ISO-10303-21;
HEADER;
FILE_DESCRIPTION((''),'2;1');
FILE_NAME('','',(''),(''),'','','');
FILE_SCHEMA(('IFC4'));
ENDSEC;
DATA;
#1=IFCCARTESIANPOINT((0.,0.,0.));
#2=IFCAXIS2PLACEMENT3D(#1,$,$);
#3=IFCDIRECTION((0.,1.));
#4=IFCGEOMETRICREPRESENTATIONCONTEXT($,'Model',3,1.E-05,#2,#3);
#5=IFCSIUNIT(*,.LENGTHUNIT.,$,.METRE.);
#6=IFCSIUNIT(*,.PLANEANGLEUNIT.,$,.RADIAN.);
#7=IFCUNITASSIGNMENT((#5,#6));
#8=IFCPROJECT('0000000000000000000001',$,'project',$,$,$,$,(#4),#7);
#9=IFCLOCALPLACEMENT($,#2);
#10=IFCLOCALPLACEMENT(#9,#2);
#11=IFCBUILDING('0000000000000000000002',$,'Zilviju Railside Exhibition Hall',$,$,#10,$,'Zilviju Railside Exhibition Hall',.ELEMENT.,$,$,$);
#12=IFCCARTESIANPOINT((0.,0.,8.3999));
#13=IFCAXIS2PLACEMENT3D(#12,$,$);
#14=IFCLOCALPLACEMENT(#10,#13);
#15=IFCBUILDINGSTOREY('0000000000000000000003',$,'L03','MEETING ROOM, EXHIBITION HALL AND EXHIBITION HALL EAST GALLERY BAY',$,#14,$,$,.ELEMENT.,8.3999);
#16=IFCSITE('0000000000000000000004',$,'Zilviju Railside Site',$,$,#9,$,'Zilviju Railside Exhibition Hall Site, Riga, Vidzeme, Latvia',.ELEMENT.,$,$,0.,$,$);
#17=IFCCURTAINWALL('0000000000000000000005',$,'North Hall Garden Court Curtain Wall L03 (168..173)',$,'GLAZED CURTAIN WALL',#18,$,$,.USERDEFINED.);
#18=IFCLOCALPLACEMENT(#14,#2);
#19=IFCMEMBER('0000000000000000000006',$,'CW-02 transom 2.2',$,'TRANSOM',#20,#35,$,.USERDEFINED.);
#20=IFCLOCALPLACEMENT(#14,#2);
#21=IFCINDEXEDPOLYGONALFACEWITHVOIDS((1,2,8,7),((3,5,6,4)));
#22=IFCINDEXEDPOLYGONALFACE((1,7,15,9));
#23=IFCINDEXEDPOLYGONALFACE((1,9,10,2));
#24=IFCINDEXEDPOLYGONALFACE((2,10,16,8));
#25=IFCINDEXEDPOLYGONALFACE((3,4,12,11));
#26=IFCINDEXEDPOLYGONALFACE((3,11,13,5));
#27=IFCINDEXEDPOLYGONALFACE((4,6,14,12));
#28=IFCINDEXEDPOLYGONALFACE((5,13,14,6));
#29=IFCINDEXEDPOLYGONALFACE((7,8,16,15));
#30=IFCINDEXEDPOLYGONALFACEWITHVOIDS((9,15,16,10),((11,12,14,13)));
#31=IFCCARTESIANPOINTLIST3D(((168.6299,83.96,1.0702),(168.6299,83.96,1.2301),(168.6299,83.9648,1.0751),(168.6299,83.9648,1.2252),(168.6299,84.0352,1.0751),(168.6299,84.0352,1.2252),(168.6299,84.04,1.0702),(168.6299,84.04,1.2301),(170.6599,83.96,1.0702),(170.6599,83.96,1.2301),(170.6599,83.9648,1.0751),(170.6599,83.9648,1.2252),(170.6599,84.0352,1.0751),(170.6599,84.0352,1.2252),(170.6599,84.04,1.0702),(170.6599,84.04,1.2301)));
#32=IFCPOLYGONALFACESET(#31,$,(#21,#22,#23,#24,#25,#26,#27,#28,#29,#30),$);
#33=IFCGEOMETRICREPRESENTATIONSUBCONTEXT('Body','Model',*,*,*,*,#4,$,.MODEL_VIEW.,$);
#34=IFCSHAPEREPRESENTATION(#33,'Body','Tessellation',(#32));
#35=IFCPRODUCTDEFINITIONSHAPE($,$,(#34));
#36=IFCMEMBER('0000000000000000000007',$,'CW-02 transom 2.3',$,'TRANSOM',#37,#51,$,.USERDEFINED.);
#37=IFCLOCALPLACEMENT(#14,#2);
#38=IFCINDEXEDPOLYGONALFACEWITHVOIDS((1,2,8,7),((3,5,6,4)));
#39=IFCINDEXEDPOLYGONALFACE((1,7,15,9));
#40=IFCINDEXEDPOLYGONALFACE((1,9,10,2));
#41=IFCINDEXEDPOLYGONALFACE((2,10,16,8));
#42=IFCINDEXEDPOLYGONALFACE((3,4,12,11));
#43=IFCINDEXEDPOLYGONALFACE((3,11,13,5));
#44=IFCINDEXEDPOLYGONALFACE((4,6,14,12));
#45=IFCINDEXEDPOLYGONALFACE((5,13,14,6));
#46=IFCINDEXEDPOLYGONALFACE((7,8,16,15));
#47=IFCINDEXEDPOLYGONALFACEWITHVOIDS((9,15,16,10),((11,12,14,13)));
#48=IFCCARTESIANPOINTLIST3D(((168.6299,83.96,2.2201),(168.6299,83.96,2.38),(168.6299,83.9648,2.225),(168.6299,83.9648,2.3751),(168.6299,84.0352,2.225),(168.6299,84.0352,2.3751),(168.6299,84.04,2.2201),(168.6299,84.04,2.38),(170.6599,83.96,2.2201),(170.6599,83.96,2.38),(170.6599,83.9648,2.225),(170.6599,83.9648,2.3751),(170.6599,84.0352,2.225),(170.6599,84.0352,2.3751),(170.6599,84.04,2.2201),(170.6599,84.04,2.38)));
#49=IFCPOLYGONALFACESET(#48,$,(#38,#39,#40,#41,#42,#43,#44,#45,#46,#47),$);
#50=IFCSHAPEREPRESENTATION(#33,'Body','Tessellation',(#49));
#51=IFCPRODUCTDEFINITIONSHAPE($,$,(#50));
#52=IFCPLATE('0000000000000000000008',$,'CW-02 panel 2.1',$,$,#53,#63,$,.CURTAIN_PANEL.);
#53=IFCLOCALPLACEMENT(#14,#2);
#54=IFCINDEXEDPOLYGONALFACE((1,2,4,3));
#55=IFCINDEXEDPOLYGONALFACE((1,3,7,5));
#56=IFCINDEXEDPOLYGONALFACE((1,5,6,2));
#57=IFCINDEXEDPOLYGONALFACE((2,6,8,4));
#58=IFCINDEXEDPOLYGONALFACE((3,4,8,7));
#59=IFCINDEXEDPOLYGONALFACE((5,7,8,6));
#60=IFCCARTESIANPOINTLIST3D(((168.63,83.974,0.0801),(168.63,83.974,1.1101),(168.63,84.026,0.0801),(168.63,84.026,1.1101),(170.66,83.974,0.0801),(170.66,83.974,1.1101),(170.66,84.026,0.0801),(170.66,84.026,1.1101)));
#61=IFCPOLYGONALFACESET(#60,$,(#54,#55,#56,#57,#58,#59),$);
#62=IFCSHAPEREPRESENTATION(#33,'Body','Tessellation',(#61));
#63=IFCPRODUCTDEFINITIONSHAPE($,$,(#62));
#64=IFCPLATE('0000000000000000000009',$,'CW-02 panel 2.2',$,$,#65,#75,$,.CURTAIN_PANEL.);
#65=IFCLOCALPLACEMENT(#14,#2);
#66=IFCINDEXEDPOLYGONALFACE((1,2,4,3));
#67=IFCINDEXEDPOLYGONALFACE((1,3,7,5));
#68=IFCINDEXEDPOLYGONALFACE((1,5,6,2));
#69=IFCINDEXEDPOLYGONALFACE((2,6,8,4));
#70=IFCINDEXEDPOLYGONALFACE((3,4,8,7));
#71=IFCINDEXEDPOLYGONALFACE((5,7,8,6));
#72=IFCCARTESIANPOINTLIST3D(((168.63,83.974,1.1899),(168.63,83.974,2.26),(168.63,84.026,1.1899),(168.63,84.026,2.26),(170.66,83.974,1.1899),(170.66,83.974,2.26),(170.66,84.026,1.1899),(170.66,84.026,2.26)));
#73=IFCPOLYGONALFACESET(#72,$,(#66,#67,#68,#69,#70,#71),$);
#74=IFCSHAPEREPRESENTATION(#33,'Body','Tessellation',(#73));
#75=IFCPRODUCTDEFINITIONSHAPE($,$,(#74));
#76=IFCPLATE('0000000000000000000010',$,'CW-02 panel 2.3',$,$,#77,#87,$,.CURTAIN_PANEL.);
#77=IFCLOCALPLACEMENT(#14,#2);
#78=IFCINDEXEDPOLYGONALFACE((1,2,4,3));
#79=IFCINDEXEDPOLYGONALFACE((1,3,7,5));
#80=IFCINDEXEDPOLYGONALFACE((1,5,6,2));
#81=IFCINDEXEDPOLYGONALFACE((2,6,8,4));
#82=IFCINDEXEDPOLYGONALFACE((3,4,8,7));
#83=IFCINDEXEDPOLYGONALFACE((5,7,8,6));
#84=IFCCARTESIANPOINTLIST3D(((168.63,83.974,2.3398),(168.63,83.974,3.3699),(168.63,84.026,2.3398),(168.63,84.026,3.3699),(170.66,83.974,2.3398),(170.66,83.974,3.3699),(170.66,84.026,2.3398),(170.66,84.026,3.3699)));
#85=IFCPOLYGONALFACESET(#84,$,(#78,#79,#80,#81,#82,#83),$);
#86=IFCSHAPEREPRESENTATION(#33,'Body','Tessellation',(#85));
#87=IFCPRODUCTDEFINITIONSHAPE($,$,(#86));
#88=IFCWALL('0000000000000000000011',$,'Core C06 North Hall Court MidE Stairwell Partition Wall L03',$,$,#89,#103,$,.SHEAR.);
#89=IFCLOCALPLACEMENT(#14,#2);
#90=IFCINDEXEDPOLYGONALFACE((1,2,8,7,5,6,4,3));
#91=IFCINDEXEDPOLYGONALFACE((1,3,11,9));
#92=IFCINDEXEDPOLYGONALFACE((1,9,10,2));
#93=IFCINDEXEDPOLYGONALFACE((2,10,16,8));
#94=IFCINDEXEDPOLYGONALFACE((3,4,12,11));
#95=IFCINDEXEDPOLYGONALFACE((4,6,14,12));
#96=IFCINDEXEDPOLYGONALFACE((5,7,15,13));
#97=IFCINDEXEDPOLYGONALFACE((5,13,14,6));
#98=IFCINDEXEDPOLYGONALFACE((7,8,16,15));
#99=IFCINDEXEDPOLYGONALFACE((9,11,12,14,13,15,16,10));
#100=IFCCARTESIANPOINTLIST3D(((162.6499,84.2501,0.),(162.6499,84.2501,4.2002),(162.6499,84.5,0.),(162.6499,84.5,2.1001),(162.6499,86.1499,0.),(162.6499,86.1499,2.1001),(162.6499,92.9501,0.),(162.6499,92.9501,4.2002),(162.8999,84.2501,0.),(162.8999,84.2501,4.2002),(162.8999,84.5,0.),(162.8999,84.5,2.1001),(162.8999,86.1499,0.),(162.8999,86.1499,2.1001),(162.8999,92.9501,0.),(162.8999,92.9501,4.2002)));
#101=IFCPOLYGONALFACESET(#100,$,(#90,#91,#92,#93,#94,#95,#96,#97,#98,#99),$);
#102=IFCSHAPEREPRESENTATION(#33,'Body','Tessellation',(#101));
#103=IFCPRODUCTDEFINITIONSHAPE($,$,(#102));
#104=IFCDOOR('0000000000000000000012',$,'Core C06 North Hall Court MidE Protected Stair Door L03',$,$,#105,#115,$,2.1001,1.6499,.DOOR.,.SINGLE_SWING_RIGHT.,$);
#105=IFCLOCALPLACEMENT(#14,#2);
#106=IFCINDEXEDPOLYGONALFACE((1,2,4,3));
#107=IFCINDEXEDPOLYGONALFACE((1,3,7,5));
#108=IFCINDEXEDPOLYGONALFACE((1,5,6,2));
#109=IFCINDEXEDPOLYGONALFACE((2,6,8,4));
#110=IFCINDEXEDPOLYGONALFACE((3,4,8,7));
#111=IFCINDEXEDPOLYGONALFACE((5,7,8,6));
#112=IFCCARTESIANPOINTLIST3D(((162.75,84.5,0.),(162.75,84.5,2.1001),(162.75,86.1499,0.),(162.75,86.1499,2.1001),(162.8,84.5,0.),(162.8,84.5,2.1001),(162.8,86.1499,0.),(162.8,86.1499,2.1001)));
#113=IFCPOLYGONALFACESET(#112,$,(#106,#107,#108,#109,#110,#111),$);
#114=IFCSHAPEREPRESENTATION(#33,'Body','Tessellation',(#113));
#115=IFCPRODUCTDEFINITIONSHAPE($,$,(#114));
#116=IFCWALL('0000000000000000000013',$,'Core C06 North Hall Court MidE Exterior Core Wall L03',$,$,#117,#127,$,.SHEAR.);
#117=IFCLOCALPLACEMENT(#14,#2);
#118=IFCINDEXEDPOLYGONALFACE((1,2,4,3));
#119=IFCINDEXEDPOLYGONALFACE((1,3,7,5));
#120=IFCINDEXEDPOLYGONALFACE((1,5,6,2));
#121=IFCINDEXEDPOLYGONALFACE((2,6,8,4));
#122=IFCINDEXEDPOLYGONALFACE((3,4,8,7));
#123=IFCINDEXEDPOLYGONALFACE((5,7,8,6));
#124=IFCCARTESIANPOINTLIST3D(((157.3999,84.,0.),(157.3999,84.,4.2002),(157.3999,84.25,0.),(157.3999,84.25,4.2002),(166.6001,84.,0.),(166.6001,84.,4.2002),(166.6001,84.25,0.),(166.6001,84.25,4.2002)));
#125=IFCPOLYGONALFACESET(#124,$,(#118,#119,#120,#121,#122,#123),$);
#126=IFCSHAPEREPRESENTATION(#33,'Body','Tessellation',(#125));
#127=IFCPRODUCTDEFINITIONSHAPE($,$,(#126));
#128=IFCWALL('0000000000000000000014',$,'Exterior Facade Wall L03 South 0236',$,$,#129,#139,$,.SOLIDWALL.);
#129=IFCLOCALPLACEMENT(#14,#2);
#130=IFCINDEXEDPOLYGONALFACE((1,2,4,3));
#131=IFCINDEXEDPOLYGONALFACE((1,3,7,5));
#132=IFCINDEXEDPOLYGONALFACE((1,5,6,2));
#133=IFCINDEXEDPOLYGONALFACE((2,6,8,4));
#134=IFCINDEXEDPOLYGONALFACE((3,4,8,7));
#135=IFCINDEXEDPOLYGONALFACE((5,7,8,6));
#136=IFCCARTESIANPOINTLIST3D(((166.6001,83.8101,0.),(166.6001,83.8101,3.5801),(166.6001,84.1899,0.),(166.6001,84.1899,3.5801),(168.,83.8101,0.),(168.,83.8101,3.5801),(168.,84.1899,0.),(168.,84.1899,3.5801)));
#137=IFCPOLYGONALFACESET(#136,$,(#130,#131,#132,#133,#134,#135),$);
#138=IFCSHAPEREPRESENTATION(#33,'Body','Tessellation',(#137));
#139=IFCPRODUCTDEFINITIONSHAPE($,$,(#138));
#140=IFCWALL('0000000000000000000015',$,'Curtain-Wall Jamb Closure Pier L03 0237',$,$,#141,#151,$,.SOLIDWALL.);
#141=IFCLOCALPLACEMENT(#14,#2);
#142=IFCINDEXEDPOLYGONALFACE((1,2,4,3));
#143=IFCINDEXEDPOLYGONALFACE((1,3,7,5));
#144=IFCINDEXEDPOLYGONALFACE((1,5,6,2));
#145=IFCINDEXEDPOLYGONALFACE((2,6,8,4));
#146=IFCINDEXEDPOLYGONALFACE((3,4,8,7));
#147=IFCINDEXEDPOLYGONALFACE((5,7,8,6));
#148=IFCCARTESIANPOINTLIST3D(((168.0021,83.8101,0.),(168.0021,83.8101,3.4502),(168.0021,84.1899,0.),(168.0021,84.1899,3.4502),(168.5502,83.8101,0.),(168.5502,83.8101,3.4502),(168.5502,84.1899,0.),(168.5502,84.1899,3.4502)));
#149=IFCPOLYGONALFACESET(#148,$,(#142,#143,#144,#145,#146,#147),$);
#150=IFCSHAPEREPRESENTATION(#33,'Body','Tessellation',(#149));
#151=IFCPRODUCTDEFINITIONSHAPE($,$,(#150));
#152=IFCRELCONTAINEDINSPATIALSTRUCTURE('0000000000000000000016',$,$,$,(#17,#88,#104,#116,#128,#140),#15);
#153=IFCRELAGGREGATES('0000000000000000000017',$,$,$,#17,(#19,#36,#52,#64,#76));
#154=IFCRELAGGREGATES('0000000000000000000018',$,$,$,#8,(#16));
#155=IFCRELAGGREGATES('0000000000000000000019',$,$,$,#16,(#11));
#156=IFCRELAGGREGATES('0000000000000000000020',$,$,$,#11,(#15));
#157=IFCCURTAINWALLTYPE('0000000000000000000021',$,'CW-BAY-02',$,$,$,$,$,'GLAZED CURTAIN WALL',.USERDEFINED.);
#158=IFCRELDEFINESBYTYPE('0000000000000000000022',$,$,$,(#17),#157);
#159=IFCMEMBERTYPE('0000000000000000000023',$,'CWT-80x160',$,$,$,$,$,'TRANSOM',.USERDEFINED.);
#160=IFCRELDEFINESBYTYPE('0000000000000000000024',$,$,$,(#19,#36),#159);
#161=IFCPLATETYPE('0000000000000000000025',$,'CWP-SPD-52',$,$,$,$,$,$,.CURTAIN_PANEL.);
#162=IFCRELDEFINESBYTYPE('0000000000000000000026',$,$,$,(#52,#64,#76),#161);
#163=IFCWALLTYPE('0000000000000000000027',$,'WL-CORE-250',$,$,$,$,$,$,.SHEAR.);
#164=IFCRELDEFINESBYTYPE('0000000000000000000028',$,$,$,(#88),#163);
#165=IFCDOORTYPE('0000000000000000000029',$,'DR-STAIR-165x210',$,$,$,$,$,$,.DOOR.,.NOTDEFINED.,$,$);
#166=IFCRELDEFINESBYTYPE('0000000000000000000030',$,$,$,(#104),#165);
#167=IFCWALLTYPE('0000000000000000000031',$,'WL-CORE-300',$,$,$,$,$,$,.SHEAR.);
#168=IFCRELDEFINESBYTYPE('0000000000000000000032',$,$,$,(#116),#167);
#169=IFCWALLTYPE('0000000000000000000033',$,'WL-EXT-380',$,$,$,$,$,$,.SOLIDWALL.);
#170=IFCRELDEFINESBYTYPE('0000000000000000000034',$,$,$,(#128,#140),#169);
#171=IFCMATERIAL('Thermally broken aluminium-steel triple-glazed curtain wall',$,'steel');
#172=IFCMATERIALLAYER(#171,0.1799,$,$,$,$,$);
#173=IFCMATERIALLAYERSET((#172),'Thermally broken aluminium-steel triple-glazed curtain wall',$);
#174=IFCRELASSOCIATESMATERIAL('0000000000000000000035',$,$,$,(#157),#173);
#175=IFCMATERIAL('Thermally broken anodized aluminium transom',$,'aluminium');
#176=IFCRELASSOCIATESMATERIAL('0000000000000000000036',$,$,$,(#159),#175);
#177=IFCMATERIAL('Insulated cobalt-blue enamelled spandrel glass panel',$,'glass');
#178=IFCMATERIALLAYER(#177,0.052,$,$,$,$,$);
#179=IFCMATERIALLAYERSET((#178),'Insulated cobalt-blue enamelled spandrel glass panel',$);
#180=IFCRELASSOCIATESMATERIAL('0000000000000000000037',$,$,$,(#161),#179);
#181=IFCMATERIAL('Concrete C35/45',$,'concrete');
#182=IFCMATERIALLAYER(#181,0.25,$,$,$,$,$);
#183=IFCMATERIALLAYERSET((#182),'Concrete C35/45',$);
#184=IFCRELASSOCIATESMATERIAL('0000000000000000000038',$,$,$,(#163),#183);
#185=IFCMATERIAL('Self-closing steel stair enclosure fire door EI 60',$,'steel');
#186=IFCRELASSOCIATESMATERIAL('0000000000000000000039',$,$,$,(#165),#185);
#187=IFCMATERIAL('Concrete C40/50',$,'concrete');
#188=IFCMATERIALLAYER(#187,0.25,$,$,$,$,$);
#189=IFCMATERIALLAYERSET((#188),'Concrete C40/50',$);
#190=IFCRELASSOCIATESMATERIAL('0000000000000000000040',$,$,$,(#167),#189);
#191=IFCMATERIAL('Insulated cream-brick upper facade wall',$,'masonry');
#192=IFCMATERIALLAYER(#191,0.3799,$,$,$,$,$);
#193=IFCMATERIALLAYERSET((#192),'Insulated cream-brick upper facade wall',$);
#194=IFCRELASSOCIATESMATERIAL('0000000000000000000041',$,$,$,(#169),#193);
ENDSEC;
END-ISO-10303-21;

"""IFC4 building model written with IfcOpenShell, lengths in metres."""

from ifc_helpers import new_model, si_unit, direction, frame, frame_2d, origin, origin_2d, place, context, subcontext, project, spatial, rectangle, hollow_rectangle, extrude, material, layer, layer_set, material_profile, profile_set, type_object, element, fill, aggregate, save


model = new_model("IFC4")

# Units and contexts
model_context = context("Model", 3, precision=1e-05, world=origin(), true_north=direction((0.0, 1.0)))
body_context = subcontext(model_context, "Body", "Model", "MODEL_VIEW")
ifc_project = project(units=[si_unit("LENGTHUNIT", "METRE"), si_unit("PLANEANGLEUNIT", "RADIAN")], contexts=[model_context])

# Site, building, storey
site_placement = place(None, origin())
site = spatial("IfcSite", under=ifc_project, at=site_placement, Name="Zilviju Railside Site", LongName="Zilviju Railside Exhibition Hall Site, Riga, Vidzeme, Latvia", CompositionType="ELEMENT", RefElevation=0.0)
building_placement = place(site_placement, origin())
building = spatial("IfcBuilding", under=site, at=building_placement, Name="Zilviju Railside Exhibition Hall", LongName="Zilviju Railside Exhibition Hall", CompositionType="ELEMENT")
storey_placement = place(building_placement, frame((0.0, 0.0, 8.3999)))
storey = spatial("IfcBuildingStorey", under=building, at=storey_placement, Name="L03", Description="MEETING ROOM, EXHIBITION HALL AND EXHIBITION HALL EAST GALLERY BAY", CompositionType="ELEMENT", Elevation=8.3999)

# Shared definitions
ifc_material_1 = material(Name="Concrete C40/50", Category="concrete")

# Curtain wall, members, plates
ifc_material_2 = material(Name="Thermally broken aluminium-steel triple-glazed curtain wall", Category="steel")
ifc_layer_1 = layer(ifc_material_2, 0.1799)
ifc_layer_set_1 = layer_set([ifc_layer_1], Name="Thermally broken aluminium-steel triple-glazed curtain wall")
curtain_wall_type = type_object("IfcCurtainWallType", Name="CW-BAY-02", ElementType="GLAZED CURTAIN WALL", PredefinedType="USERDEFINED", material=ifc_layer_set_1)
curtain_wall_placement = place(storey_placement, origin())
curtain_wall = element("IfcCurtainWall", 1, at=curtain_wall_placement, inside=storey, type_object=curtain_wall_type, Name="North Hall Garden Court Curtain Wall L03 (168..173)", ObjectType="GLAZED CURTAIN WALL", PredefinedType="USERDEFINED")
ifc_material_3 = material(Name="Thermally broken anodized aluminium transom", Category="aluminium")
ifc_material_profile_1 = material_profile(ifc_material_3, hollow_rectangle(XDim=0.0801, YDim=0.1599, WallThickness=0.0049, at=origin_2d()), Name="TRANSOM 160x80x5")
ifc_profile_set_1 = profile_set([ifc_material_profile_1], Name="Thermally broken anodized aluminium transom")
member_type_1 = type_object("IfcMemberType", Name="CWT-80x160", ElementType="TRANSOM", PredefinedType="USERDEFINED", material=ifc_profile_set_1)
member_1_placement = place(storey_placement, frame((170.6599, 84.0, 1.1501), z_axis=(-1.0, 0.0, 0.0), x_axis=(0.0, -1.0, 0.0)))
member_1 = element("IfcMember", 2, at=member_1_placement, type_object=member_type_1, Name="CW-02 transom 2.2", ObjectType="TRANSOM", PredefinedType="USERDEFINED", context=body_context, shape_type="SweptSolid", body=[
    extrude(hollow_rectangle(XDim=0.0801, YDim=0.1599, WallThickness=0.0049, at=origin_2d()), origin(), (0.0, 0.0, 1.0), 2.03),
])
member_2_placement = place(storey_placement, frame((170.6599, 84.0, 2.3), z_axis=(-1.0, 0.0, 0.0), x_axis=(0.0, -1.0, 0.0)))
member_2 = element("IfcMember", 3, at=member_2_placement, type_object=member_type_1, Name="CW-02 transom 2.3", ObjectType="TRANSOM", PredefinedType="USERDEFINED", context=body_context, shape_type="SweptSolid", body=[
    extrude(hollow_rectangle(XDim=0.0801, YDim=0.1599, WallThickness=0.0049, at=origin_2d()), origin(), (0.0, 0.0, 1.0), 2.03),
])
ifc_material_4 = material(Name="Insulated cobalt-blue enamelled spandrel glass panel", Category="glass")
ifc_layer_2 = layer(ifc_material_4, 0.052)
ifc_layer_set_2 = layer_set([ifc_layer_2], Name="Insulated cobalt-blue enamelled spandrel glass panel")
plate_type = type_object("IfcPlateType", Name="CWP-SPD-52", PredefinedType="CURTAIN_PANEL", material=ifc_layer_set_2)
plate_1_placement = place(storey_placement, frame((169.645, 84.0, 0.0801), z_axis=(0.0, 0.0, 1.0), x_axis=(-1.0, 0.0, 0.0)))
plate_1 = element("IfcPlate", 4, at=plate_1_placement, type_object=plate_type, Name="CW-02 panel 2.1", PredefinedType="CURTAIN_PANEL", context=body_context, shape_type="SweptSolid", body=[
    extrude(rectangle(XDim=2.03, YDim=0.052, at=origin_2d()), origin(), (0.0, 0.0, 1.0), 1.03),
])
plate_2_placement = place(storey_placement, frame((169.645, 84.0, 1.1899), z_axis=(0.0, 0.0, 1.0), x_axis=(-1.0, 0.0, 0.0)))
plate_2 = element("IfcPlate", 5, at=plate_2_placement, type_object=plate_type, Name="CW-02 panel 2.2", PredefinedType="CURTAIN_PANEL", context=body_context, shape_type="SweptSolid", body=[
    extrude(rectangle(XDim=2.03, YDim=0.052, at=origin_2d()), origin(), (0.0, 0.0, 1.0), 1.0701),
])
plate_3_placement = place(storey_placement, frame((169.645, 84.0, 2.3398), z_axis=(0.0, 0.0, 1.0), x_axis=(-1.0, 0.0, 0.0)))
plate_3 = element("IfcPlate", 6, at=plate_3_placement, type_object=plate_type, Name="CW-02 panel 2.3", PredefinedType="CURTAIN_PANEL", context=body_context, shape_type="SweptSolid", body=[
    extrude(rectangle(XDim=2.03, YDim=0.052, at=origin_2d()), origin(), (0.0, 0.0, 1.0), 1.03),
])
aggregate(curtain_wall, [member_1, member_2, plate_1, plate_2, plate_3])

# Wall, opening, door
ifc_material_5 = material(Name="Concrete C35/45", Category="concrete")
ifc_layer_3 = layer(ifc_material_5, 0.25)
ifc_layer_set_3 = layer_set([ifc_layer_3], Name="Concrete C35/45")
wall_type_1 = type_object("IfcWallType", Name="WL-CORE-250", PredefinedType="SHEAR", material=ifc_layer_set_3)
wall_1_placement = place(storey_placement, frame((162.7749, 84.25, 0.0), z_axis=(0.0, 0.0, 1.0), x_axis=(0.0, 1.0, 0.0)))
wall_1 = element("IfcWall", 7, at=wall_1_placement, inside=storey, type_object=wall_type_1, Name="Core C06 North Hall Court MidE Stairwell Partition Wall L03", PredefinedType="SHEAR", context=body_context, shape_type="SweptSolid", body=[
    extrude(rectangle(XDim=8.7, YDim=0.25, at=frame_2d((4.3501, 0.0))), origin(), (0.0, 0.0, 1.0), 4.2002),
])
opening_1_placement = place(wall_1_placement, frame((0.25, 0.0, 0.0)))
opening_1 = element("IfcOpeningElement", 8, at=opening_1_placement, cuts=wall_1, PredefinedType="OPENING", context=body_context, shape_type="SweptSolid", body=[
    extrude(rectangle(XDim=1.6499, YDim=2.1001, at=frame_2d((0.825, 1.05))), frame((0.0, 0.135, 0.0), z_axis=(0.0, -1.0, 0.0), x_axis=(1.0, 0.0, 0.0)), (0.0, 0.0, 1.0), 0.27),
])
ifc_material_6 = material(Name="Self-closing steel stair enclosure fire door EI 60", Category="steel")
door_type_1 = type_object("IfcDoorType", Name="DR-STAIR-165x210", OperationType="NOTDEFINED", PredefinedType="DOOR", material=ifc_material_6)
door_1_placement = place(opening_1_placement, origin())
door_1 = element("IfcDoor", 9, at=door_1_placement, inside=storey, type_object=door_type_1, Name="Core C06 North Hall Court MidE Protected Stair Door L03", OperationType="SINGLE_SWING_RIGHT", OverallHeight=2.1001, OverallWidth=1.6499, PredefinedType="DOOR", context=body_context, shape_type="SweptSolid", body=[
    extrude(rectangle(XDim=1.6499, YDim=2.1001, at=frame_2d((0.825, 1.05))), frame((0.0, 0.0249, 0.0), z_axis=(0.0, -1.0, 0.0), x_axis=(1.0, 0.0, 0.0)), (0.0, 0.0, 1.0), 0.05),
])
fill(opening_1, door_1)

# Walls
ifc_layer_4 = layer(ifc_material_1, 0.25)
ifc_layer_set_4 = layer_set([ifc_layer_4], Name="Concrete C40/50")
wall_type_2 = type_object("IfcWallType", Name="WL-CORE-300", PredefinedType="SHEAR", material=ifc_layer_set_4)
wall_2_placement = place(storey_placement, frame((166.6001, 84.125, 0.0), z_axis=(0.0, 0.0, 1.0), x_axis=(-1.0, 0.0, 0.0)))
element("IfcWall", 10, at=wall_2_placement, inside=storey, type_object=wall_type_2, Name="Core C06 North Hall Court MidE Exterior Core Wall L03", PredefinedType="SHEAR", context=body_context, shape_type="SweptSolid", body=[
    extrude(rectangle(XDim=9.2002, YDim=0.25, at=frame_2d((4.6001, 0.0))), origin(), (0.0, 0.0, 1.0), 4.2002),
])
ifc_material_7 = material(Name="Insulated cream-brick upper facade wall", Category="masonry")
ifc_layer_5 = layer(ifc_material_7, 0.3799)
ifc_layer_set_5 = layer_set([ifc_layer_5], Name="Insulated cream-brick upper facade wall")
wall_type_3 = type_object("IfcWallType", Name="WL-EXT-380", PredefinedType="SOLIDWALL", material=ifc_layer_set_5)
wall_3_placement = place(storey_placement, frame((168.0, 84.0, 0.0), z_axis=(0.0, 0.0, 1.0), x_axis=(-1.0, 0.0, 0.0)))
element("IfcWall", 11, at=wall_3_placement, inside=storey, type_object=wall_type_3, Name="Exterior Facade Wall L03 South 0236", PredefinedType="SOLIDWALL", context=body_context, shape_type="SweptSolid", body=[
    extrude(rectangle(XDim=1.3999, YDim=0.3799, at=frame_2d((0.7, 0.0))), origin(), (0.0, 0.0, 1.0), 3.5801),
])
wall_4_placement = place(storey_placement, frame((168.55, 84.0, 0.0), z_axis=(0.0, 0.0, 1.0), x_axis=(-1.0, 0.0, 0.0)))
element("IfcWall", 12, at=wall_4_placement, inside=storey, type_object=wall_type_3, Name="Curtain-Wall Jamb Closure Pier L03 0237", PredefinedType="SOLIDWALL", context=body_context, shape_type="SweptSolid", body=[
    extrude(rectangle(XDim=0.5481, YDim=0.3799, at=frame_2d((0.2739, 0.0))), origin(), (0.0, 0.0, 1.0), 3.4502),
])

save(model, "model.ifc")
